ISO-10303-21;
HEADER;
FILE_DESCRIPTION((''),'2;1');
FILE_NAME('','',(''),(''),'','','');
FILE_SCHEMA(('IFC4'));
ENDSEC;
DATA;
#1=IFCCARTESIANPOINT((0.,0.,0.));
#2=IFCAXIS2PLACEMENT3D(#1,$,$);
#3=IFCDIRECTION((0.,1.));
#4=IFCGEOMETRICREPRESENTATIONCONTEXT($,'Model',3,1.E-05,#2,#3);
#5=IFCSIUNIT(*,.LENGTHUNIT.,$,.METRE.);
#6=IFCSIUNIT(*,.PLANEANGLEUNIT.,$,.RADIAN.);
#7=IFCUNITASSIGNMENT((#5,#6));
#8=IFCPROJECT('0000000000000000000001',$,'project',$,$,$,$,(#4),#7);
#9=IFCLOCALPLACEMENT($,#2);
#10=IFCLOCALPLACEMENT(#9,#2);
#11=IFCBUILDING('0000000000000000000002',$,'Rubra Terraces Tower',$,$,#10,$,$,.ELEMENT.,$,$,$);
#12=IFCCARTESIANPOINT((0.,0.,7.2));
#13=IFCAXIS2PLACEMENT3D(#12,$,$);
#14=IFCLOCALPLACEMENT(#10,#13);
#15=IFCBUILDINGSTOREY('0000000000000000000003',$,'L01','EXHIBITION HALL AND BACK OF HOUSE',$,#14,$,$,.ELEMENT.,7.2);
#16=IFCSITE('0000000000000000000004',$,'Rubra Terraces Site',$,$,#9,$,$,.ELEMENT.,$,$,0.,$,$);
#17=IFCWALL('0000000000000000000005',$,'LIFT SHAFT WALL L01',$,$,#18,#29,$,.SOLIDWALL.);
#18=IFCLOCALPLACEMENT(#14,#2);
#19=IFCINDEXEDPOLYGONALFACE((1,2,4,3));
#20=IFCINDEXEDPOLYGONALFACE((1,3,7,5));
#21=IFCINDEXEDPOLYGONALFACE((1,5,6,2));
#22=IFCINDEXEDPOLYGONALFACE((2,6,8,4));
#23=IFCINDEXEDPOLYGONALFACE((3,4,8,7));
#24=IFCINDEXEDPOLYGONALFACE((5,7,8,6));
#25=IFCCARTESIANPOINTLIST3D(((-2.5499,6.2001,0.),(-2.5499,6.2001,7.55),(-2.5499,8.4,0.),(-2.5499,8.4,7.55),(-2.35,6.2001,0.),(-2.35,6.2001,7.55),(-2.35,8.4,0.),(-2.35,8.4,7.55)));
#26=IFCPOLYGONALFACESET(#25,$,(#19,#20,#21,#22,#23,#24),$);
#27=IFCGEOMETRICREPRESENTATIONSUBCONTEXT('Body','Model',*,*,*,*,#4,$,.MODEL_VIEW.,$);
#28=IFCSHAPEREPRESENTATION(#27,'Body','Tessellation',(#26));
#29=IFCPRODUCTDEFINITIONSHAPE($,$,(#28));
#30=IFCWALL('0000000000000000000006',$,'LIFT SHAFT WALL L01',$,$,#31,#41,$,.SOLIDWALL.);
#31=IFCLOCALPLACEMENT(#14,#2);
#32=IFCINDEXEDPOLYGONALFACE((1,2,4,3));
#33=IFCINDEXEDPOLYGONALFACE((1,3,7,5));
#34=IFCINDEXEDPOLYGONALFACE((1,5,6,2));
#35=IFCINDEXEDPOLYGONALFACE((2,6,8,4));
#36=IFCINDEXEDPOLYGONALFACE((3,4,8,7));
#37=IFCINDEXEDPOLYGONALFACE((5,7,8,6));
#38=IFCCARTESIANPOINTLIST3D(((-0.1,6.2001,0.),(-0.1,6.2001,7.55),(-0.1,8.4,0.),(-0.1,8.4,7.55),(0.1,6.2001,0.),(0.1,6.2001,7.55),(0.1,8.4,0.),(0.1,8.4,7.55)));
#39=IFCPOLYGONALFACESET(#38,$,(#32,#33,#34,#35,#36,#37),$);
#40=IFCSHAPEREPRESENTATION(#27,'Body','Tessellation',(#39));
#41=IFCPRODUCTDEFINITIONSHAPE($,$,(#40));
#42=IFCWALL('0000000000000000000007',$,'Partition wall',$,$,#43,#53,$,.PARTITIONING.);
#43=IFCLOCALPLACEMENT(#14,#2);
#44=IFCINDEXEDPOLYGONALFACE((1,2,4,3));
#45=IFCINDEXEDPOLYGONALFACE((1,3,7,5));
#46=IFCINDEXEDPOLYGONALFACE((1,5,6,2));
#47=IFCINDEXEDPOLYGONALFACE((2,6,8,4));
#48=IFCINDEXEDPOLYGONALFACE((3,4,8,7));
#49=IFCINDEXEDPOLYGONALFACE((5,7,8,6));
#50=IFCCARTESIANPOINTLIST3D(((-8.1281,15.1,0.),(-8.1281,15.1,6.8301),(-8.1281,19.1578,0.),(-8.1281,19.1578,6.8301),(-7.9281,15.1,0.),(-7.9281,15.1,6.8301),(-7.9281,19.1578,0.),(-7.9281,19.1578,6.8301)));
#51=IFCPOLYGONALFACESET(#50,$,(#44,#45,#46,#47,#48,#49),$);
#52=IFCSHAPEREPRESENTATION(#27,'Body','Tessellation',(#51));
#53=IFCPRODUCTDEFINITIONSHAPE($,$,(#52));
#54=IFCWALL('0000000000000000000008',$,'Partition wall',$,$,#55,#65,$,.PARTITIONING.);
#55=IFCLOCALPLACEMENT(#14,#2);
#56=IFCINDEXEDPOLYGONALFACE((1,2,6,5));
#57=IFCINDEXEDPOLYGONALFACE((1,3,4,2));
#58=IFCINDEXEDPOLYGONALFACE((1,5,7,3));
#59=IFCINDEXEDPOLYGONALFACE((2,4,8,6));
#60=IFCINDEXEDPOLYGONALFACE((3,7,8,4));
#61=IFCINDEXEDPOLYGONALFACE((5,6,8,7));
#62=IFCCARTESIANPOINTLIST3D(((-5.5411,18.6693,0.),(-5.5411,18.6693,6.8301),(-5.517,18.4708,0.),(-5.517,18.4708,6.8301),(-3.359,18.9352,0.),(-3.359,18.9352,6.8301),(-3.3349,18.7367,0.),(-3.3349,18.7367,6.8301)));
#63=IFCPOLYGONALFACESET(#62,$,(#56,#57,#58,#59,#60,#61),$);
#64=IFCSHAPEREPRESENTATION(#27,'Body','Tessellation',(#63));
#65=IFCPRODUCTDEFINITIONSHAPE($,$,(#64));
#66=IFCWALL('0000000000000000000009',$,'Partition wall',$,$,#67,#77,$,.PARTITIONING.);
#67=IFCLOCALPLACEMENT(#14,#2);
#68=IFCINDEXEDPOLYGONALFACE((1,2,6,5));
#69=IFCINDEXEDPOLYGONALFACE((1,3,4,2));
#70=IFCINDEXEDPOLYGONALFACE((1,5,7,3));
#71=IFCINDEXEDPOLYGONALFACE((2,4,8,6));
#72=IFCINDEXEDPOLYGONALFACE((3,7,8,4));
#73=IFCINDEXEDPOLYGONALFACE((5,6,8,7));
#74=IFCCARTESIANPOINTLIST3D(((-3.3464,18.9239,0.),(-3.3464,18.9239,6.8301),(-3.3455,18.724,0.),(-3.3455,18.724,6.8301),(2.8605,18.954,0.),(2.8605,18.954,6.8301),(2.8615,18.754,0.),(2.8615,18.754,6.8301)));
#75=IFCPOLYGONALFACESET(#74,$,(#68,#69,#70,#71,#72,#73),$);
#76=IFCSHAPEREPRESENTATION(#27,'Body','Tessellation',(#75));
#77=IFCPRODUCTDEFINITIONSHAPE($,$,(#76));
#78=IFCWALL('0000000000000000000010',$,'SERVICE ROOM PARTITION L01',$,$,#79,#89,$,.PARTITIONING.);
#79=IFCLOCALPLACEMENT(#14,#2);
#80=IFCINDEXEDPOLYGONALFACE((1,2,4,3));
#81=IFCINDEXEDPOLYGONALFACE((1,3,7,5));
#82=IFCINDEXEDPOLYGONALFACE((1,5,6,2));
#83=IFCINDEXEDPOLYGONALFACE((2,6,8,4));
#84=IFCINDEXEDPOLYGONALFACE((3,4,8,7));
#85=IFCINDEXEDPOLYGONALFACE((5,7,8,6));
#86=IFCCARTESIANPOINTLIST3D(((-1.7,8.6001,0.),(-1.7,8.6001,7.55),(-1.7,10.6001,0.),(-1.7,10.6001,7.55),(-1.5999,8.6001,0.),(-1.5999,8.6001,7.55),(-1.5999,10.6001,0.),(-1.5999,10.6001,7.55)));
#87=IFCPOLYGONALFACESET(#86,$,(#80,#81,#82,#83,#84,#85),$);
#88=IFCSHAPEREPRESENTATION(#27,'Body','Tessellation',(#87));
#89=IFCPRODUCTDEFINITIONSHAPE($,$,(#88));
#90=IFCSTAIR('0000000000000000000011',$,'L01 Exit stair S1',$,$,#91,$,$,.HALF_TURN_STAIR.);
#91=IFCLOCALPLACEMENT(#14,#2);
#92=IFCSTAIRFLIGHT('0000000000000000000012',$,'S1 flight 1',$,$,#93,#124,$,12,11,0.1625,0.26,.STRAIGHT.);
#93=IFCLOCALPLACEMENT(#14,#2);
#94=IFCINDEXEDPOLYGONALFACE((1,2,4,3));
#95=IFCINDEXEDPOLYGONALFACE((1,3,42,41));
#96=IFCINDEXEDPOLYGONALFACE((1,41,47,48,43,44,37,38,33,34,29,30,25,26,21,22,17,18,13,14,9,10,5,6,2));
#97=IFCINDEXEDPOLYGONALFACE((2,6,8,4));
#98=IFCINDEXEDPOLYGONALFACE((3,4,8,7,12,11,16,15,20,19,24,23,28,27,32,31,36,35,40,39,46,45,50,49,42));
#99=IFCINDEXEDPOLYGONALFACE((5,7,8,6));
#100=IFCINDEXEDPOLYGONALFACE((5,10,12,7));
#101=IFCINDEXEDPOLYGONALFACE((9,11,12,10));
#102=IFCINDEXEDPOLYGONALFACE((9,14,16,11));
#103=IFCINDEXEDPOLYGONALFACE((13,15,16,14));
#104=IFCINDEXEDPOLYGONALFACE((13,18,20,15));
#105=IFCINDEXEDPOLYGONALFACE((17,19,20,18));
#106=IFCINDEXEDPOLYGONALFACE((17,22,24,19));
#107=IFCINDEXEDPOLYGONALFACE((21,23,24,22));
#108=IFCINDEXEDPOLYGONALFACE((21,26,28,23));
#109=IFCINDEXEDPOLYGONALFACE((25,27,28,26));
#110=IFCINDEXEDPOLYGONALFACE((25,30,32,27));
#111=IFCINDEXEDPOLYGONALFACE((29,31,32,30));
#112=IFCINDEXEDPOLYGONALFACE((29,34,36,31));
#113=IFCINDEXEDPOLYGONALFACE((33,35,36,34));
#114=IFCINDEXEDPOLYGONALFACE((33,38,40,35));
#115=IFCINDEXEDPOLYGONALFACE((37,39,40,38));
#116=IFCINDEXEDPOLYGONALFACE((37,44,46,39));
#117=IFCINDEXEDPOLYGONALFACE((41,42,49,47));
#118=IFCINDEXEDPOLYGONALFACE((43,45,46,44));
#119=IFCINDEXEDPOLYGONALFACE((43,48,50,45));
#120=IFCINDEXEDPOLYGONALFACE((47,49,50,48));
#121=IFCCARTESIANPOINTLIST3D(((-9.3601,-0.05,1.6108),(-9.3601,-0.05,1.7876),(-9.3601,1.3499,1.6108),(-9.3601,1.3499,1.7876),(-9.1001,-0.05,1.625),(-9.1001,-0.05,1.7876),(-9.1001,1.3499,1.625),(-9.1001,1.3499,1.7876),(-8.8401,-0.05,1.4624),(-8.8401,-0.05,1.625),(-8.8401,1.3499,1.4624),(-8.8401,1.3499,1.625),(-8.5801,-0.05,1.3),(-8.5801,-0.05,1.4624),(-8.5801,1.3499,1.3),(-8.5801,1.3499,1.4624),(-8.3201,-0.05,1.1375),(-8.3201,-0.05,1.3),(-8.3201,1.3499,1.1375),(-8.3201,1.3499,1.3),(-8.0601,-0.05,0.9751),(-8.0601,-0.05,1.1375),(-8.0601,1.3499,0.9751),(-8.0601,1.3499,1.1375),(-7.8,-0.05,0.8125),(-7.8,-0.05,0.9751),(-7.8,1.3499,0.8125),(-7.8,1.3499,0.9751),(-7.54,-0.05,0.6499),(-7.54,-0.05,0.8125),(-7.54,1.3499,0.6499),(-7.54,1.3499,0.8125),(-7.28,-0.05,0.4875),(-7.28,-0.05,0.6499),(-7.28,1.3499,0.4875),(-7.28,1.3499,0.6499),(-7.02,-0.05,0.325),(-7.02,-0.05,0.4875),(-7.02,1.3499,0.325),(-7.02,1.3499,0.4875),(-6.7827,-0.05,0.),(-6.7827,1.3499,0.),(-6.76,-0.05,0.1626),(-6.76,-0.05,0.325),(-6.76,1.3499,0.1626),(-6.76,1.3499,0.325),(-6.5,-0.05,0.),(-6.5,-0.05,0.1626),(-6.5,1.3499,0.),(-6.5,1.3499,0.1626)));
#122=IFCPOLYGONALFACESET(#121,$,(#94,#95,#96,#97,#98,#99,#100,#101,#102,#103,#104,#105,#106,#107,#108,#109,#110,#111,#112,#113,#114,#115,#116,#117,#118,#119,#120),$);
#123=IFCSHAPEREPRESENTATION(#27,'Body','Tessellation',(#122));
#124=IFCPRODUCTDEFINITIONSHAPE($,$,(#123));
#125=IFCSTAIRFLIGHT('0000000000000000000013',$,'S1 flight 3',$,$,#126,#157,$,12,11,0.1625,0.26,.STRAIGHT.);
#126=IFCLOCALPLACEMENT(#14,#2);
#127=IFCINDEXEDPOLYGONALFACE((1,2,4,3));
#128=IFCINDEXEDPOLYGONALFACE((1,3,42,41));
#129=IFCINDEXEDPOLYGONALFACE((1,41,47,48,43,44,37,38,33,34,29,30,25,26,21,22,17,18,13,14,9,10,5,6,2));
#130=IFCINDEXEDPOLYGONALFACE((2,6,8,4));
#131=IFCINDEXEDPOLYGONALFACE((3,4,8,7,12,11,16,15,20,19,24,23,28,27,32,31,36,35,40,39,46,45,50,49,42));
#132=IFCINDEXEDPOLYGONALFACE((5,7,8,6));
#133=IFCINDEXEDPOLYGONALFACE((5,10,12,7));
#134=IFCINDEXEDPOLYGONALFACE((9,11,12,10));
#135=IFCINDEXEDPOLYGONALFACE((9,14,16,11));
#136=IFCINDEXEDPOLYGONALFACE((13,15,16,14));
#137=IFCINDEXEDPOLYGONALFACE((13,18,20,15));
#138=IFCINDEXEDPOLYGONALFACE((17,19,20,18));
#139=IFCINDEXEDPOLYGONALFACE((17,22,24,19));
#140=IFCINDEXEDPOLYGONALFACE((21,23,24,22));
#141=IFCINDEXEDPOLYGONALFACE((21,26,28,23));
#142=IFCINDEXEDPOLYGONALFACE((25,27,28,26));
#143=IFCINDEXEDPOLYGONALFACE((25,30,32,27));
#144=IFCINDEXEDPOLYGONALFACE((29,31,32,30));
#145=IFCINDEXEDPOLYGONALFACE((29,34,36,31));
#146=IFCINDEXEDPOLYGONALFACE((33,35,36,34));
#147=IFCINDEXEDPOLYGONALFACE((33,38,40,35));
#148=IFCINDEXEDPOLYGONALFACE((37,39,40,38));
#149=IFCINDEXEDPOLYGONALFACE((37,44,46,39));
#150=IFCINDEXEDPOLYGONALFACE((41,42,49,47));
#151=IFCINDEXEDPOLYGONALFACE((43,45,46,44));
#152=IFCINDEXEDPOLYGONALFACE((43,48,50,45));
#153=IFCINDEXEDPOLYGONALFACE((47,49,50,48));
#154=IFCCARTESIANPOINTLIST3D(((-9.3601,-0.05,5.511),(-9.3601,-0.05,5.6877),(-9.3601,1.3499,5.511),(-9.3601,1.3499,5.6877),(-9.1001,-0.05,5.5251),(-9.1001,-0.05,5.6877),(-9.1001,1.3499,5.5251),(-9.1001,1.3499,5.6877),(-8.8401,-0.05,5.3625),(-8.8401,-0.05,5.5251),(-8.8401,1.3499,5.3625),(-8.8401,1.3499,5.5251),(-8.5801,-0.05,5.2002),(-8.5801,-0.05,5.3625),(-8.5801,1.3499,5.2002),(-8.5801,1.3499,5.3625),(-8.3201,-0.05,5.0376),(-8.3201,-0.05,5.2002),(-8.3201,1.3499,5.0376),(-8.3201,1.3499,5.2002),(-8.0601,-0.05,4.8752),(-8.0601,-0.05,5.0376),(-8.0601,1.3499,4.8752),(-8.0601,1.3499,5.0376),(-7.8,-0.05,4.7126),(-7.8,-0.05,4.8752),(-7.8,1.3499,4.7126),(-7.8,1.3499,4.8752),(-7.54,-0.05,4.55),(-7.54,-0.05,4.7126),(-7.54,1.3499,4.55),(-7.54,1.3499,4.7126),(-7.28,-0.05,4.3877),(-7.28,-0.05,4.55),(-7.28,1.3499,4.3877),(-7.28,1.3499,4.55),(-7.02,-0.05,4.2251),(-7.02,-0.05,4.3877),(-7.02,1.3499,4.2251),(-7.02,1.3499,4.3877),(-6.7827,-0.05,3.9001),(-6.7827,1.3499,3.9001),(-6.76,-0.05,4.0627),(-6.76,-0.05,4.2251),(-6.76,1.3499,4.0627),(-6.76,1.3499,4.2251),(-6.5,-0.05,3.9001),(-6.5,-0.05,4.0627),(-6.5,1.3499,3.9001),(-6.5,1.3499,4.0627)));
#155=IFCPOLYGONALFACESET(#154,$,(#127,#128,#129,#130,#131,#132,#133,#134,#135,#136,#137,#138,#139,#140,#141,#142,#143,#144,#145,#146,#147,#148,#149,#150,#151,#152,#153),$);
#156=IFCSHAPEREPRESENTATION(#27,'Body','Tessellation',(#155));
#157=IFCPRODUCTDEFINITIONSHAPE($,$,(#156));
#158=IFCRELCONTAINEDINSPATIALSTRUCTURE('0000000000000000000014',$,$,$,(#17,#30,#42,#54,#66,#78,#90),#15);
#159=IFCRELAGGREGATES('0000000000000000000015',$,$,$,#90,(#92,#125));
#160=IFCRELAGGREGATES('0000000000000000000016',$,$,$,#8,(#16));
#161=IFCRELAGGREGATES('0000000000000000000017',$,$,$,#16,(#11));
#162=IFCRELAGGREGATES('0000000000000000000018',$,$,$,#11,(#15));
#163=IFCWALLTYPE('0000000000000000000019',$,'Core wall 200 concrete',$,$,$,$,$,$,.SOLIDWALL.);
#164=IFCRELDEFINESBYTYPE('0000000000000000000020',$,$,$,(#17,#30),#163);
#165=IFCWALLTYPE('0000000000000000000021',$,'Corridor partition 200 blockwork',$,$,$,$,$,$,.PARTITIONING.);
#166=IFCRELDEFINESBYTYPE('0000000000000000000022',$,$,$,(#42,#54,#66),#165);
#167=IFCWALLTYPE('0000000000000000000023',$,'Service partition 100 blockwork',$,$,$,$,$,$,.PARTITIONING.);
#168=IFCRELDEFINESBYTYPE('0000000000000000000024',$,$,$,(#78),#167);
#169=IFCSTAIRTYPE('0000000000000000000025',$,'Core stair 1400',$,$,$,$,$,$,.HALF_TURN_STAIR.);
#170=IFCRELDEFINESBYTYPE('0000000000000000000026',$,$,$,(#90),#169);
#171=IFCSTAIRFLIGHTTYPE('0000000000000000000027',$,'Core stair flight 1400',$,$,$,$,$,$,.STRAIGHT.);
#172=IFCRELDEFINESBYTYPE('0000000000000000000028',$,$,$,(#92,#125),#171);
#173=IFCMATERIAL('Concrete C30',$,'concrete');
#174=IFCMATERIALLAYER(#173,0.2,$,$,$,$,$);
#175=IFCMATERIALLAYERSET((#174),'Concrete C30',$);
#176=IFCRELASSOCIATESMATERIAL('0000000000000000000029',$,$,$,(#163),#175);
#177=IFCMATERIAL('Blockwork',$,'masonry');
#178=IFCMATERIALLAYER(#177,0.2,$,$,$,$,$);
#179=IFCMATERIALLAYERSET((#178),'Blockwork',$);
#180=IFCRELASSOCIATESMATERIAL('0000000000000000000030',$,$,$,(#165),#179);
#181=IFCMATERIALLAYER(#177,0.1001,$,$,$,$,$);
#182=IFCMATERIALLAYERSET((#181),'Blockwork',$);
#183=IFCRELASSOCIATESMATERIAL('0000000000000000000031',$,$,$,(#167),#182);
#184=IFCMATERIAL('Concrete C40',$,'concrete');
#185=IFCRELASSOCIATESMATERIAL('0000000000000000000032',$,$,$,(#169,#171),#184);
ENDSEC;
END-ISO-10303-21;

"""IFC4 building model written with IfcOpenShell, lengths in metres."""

from ifc_helpers import new_model, si_unit, direction, frame, frame_2d, origin, place, context, subcontext, project, spatial, polyline, rectangle, outline, extrude, material, layer, layer_set, type_object, element, aggregate, save


model = new_model("IFC4")

# Units and contexts
model_context = context("Model", 3, precision=1e-05, world=origin(), true_north=direction((0.0, 1.0)))
body_context = subcontext(model_context, "Body", "Model", "MODEL_VIEW")
ifc_project = project(units=[si_unit("LENGTHUNIT", "METRE"), si_unit("PLANEANGLEUNIT", "RADIAN")], contexts=[model_context])

# Site, building, storey
site_placement = place(None, origin())
site = spatial("IfcSite", under=ifc_project, at=site_placement, Name="Rubra Terraces Site", CompositionType="ELEMENT", RefElevation=0.0)
building_placement = place(site_placement, origin())
building = spatial("IfcBuilding", under=site, at=building_placement, Name="Rubra Terraces Tower", CompositionType="ELEMENT")
storey_placement = place(building_placement, frame((0.0, 0.0, 7.2)))
storey = spatial("IfcBuildingStorey", under=building, at=storey_placement, Name="L01", Description="EXHIBITION HALL AND BACK OF HOUSE", CompositionType="ELEMENT", Elevation=7.2)

# Shared definitions
ifc_material_1 = material(Name="Concrete C40", Category="concrete")

# Shared definitions
ifc_material_2 = material(Name="Concrete C30", Category="concrete")
ifc_layer_1 = layer(ifc_material_2, 0.2)
ifc_layer_set_1 = layer_set([ifc_layer_1], Name="Concrete C30")
wall_type_1 = type_object("IfcWallType", Name="Core wall 200 concrete", PredefinedType="SOLIDWALL", material=ifc_layer_set_1)

# Walls
for number, where, z_axis, x_axis, name in (
    (1, (-2.45, 6.2, 0.0), (0.0, 0.0, 1.0), (0.0, 1.0, 0.0), "LIFT SHAFT WALL L01"),
    (2, (0.0, 6.2, 0.0), (0.0, 0.0, 1.0), (0.0, 1.0, 0.0), "LIFT SHAFT WALL L01"),
):
    element("IfcWall", number, at=place(storey_placement, frame(where, z_axis=z_axis, x_axis=x_axis)), inside=storey, type_object=wall_type_1, Name=name, PredefinedType="SOLIDWALL", context=body_context, shape_type="SweptSolid", body=[
        extrude(rectangle(XDim=2.2, YDim=0.2, at=frame_2d((1.1001, 0.0))), origin(), (0.0, 0.0, 1.0), 7.55),
    ])
ifc_material_3 = material(Name="Blockwork", Category="masonry")
ifc_layer_2 = layer(ifc_material_3, 0.2)
ifc_layer_set_2 = layer_set([ifc_layer_2], Name="Blockwork")
wall_type_2 = type_object("IfcWallType", Name="Corridor partition 200 blockwork", PredefinedType="PARTITIONING", material=ifc_layer_set_2)
wall_1_placement = place(storey_placement, frame((-8.0281, 15.1001, 0.0), z_axis=(0.0, 0.0, 1.0), x_axis=(0.0, 1.0, 0.0)))
element("IfcWall", 3, at=wall_1_placement, inside=storey, type_object=wall_type_2, Name="Partition wall", PredefinedType="PARTITIONING", context=body_context, shape_type="SweptSolid", body=[
    extrude(rectangle(XDim=4.0579, YDim=0.2, at=frame_2d((2.0288, 0.0))), origin(), (0.0, 0.0, 1.0), 6.8301),
])
wall_2_placement = place(storey_placement, frame((-5.5291, 18.5701, 0.0), z_axis=(0.0, 0.0, 1.0), x_axis=(0.992659, 0.120945, 0.0)))
element("IfcWall", 4, at=wall_2_placement, inside=storey, type_object=wall_type_2, Name="Partition wall", PredefinedType="PARTITIONING", context=body_context, shape_type="SweptSolid", body=[
    extrude(rectangle(XDim=2.1982, YDim=0.2, at=frame_2d((1.0991, 0.0))), origin(), (0.0, 0.0, 1.0), 6.8301),
])
wall_3_placement = place(storey_placement, frame((-3.3459, 18.824, 0.0), z_axis=(0.0, 0.0, 1.0), x_axis=(0.999988, 0.004838, 0.0)))
element("IfcWall", 5, at=wall_3_placement, inside=storey, type_object=wall_type_2, Name="Partition wall", PredefinedType="PARTITIONING", context=body_context, shape_type="SweptSolid", body=[
    extrude(rectangle(XDim=6.207, YDim=0.2, at=frame_2d((3.1035, 0.0))), origin(), (0.0, 0.0, 1.0), 6.8301),
])
ifc_layer_3 = layer(ifc_material_3, 0.1001)
ifc_layer_set_3 = layer_set([ifc_layer_3], Name="Blockwork")
wall_type_3 = type_object("IfcWallType", Name="Service partition 100 blockwork", PredefinedType="PARTITIONING", material=ifc_layer_set_3)
wall_4_placement = place(storey_placement, frame((-1.6499, 8.6001, 0.0), z_axis=(0.0, 0.0, 1.0), x_axis=(0.0, 1.0, 0.0)))
element("IfcWall", 6, at=wall_4_placement, inside=storey, type_object=wall_type_3, Name="SERVICE ROOM PARTITION L01", PredefinedType="PARTITIONING", context=body_context, shape_type="SweptSolid", body=[
    extrude(rectangle(XDim=2.0, YDim=0.1001, at=frame_2d((1.0, 0.0))), origin(), (0.0, 0.0, 1.0), 7.55),
])

# Stair, stair flights
stair_type = type_object("IfcStairType", Name="Core stair 1400", PredefinedType="HALF_TURN_STAIR", material=ifc_material_1)
stair_1_placement = place(storey_placement, origin())
stair_1 = element("IfcStair", 7, at=stair_1_placement, inside=storey, type_object=stair_type, Name="L01 Exit stair S1", PredefinedType="HALF_TURN_STAIR")
stair_flight_type = type_object("IfcStairFlightType", Name="Core stair flight 1400", PredefinedType="STRAIGHT", material=ifc_material_1)
stair_flight_1_placement = place(storey_placement, frame((-6.5, 0.6499, 0.0), z_axis=(0.0, 0.0, 1.0), x_axis=(-1.0, 0.0, 0.0)))
stair_flight_1 = element("IfcStairFlight", 8, at=stair_flight_1_placement, type_object=stair_flight_type, Name="S1 flight 1", NumberOfRisers=12, NumberOfTreads=11, PredefinedType="STRAIGHT", RiserHeight=0.1625, TreadLength=0.26, context=body_context, shape_type="SweptSolid", body=[
    extrude(outline(polyline([(0.0, 0.0), (0.0, 0.1626), (0.26, 0.1626), (0.26, 0.325), (0.52, 0.325), (0.52, 0.4875), (0.78, 0.4875), (0.78, 0.6499), (1.04, 0.6499), (1.04, 0.8125), (1.3, 0.8125), (1.3, 0.9751), (1.5601, 0.9751), (1.5601, 1.1375), (1.8201, 1.1375), (1.8201, 1.3), (2.0801, 1.3), (2.0801, 1.4624), (2.3401, 1.4624), (2.3401, 1.625), (2.6001, 1.625), (2.6001, 1.7876), (2.8601, 1.7876), (2.8601, 1.95), (2.8601, 1.6108), (0.2827, 0.0), (0.0, 0.0)])), frame((0.0, 0.7, 0.0), z_axis=(0.0, -1.0, 0.0), x_axis=(1.0, 0.0, 0.0)), (0.0, 0.0, 1.0), 1.3999),
])
stair_flight_2_placement = place(storey_placement, frame((-6.5, 0.6499, 3.9001), z_axis=(0.0, 0.0, 1.0), x_axis=(-1.0, 0.0, 0.0)))
stair_flight_2 = element("IfcStairFlight", 9, at=stair_flight_2_placement, type_object=stair_flight_type, Name="S1 flight 3", NumberOfRisers=12, NumberOfTreads=11, PredefinedType="STRAIGHT", RiserHeight=0.1625, TreadLength=0.26, context=body_context, shape_type="SweptSolid", body=[
    extrude(outline(polyline([(0.0, 0.0), (0.0, 0.1626), (0.26, 0.1626), (0.26, 0.325), (0.52, 0.325), (0.52, 0.4875), (0.78, 0.4875), (0.78, 0.6499), (1.04, 0.6499), (1.04, 0.8125), (1.3, 0.8125), (1.3, 0.9751), (1.5601, 0.9751), (1.5601, 1.1375), (1.8201, 1.1375), (1.8201, 1.3), (2.0801, 1.3), (2.0801, 1.4624), (2.3401, 1.4624), (2.3401, 1.625), (2.6001, 1.625), (2.6001, 1.7876), (2.8601, 1.7876), (2.8601, 1.95), (2.8601, 1.6108), (0.2827, 0.0), (0.0, 0.0)])), frame((0.0, 0.7, 0.0), z_axis=(0.0, -1.0, 0.0), x_axis=(1.0, 0.0, 0.0)), (0.0, 0.0, 1.0), 1.3999),
])
aggregate(stair_1, [stair_flight_1, stair_flight_2])

save(model, "model.ifc")
